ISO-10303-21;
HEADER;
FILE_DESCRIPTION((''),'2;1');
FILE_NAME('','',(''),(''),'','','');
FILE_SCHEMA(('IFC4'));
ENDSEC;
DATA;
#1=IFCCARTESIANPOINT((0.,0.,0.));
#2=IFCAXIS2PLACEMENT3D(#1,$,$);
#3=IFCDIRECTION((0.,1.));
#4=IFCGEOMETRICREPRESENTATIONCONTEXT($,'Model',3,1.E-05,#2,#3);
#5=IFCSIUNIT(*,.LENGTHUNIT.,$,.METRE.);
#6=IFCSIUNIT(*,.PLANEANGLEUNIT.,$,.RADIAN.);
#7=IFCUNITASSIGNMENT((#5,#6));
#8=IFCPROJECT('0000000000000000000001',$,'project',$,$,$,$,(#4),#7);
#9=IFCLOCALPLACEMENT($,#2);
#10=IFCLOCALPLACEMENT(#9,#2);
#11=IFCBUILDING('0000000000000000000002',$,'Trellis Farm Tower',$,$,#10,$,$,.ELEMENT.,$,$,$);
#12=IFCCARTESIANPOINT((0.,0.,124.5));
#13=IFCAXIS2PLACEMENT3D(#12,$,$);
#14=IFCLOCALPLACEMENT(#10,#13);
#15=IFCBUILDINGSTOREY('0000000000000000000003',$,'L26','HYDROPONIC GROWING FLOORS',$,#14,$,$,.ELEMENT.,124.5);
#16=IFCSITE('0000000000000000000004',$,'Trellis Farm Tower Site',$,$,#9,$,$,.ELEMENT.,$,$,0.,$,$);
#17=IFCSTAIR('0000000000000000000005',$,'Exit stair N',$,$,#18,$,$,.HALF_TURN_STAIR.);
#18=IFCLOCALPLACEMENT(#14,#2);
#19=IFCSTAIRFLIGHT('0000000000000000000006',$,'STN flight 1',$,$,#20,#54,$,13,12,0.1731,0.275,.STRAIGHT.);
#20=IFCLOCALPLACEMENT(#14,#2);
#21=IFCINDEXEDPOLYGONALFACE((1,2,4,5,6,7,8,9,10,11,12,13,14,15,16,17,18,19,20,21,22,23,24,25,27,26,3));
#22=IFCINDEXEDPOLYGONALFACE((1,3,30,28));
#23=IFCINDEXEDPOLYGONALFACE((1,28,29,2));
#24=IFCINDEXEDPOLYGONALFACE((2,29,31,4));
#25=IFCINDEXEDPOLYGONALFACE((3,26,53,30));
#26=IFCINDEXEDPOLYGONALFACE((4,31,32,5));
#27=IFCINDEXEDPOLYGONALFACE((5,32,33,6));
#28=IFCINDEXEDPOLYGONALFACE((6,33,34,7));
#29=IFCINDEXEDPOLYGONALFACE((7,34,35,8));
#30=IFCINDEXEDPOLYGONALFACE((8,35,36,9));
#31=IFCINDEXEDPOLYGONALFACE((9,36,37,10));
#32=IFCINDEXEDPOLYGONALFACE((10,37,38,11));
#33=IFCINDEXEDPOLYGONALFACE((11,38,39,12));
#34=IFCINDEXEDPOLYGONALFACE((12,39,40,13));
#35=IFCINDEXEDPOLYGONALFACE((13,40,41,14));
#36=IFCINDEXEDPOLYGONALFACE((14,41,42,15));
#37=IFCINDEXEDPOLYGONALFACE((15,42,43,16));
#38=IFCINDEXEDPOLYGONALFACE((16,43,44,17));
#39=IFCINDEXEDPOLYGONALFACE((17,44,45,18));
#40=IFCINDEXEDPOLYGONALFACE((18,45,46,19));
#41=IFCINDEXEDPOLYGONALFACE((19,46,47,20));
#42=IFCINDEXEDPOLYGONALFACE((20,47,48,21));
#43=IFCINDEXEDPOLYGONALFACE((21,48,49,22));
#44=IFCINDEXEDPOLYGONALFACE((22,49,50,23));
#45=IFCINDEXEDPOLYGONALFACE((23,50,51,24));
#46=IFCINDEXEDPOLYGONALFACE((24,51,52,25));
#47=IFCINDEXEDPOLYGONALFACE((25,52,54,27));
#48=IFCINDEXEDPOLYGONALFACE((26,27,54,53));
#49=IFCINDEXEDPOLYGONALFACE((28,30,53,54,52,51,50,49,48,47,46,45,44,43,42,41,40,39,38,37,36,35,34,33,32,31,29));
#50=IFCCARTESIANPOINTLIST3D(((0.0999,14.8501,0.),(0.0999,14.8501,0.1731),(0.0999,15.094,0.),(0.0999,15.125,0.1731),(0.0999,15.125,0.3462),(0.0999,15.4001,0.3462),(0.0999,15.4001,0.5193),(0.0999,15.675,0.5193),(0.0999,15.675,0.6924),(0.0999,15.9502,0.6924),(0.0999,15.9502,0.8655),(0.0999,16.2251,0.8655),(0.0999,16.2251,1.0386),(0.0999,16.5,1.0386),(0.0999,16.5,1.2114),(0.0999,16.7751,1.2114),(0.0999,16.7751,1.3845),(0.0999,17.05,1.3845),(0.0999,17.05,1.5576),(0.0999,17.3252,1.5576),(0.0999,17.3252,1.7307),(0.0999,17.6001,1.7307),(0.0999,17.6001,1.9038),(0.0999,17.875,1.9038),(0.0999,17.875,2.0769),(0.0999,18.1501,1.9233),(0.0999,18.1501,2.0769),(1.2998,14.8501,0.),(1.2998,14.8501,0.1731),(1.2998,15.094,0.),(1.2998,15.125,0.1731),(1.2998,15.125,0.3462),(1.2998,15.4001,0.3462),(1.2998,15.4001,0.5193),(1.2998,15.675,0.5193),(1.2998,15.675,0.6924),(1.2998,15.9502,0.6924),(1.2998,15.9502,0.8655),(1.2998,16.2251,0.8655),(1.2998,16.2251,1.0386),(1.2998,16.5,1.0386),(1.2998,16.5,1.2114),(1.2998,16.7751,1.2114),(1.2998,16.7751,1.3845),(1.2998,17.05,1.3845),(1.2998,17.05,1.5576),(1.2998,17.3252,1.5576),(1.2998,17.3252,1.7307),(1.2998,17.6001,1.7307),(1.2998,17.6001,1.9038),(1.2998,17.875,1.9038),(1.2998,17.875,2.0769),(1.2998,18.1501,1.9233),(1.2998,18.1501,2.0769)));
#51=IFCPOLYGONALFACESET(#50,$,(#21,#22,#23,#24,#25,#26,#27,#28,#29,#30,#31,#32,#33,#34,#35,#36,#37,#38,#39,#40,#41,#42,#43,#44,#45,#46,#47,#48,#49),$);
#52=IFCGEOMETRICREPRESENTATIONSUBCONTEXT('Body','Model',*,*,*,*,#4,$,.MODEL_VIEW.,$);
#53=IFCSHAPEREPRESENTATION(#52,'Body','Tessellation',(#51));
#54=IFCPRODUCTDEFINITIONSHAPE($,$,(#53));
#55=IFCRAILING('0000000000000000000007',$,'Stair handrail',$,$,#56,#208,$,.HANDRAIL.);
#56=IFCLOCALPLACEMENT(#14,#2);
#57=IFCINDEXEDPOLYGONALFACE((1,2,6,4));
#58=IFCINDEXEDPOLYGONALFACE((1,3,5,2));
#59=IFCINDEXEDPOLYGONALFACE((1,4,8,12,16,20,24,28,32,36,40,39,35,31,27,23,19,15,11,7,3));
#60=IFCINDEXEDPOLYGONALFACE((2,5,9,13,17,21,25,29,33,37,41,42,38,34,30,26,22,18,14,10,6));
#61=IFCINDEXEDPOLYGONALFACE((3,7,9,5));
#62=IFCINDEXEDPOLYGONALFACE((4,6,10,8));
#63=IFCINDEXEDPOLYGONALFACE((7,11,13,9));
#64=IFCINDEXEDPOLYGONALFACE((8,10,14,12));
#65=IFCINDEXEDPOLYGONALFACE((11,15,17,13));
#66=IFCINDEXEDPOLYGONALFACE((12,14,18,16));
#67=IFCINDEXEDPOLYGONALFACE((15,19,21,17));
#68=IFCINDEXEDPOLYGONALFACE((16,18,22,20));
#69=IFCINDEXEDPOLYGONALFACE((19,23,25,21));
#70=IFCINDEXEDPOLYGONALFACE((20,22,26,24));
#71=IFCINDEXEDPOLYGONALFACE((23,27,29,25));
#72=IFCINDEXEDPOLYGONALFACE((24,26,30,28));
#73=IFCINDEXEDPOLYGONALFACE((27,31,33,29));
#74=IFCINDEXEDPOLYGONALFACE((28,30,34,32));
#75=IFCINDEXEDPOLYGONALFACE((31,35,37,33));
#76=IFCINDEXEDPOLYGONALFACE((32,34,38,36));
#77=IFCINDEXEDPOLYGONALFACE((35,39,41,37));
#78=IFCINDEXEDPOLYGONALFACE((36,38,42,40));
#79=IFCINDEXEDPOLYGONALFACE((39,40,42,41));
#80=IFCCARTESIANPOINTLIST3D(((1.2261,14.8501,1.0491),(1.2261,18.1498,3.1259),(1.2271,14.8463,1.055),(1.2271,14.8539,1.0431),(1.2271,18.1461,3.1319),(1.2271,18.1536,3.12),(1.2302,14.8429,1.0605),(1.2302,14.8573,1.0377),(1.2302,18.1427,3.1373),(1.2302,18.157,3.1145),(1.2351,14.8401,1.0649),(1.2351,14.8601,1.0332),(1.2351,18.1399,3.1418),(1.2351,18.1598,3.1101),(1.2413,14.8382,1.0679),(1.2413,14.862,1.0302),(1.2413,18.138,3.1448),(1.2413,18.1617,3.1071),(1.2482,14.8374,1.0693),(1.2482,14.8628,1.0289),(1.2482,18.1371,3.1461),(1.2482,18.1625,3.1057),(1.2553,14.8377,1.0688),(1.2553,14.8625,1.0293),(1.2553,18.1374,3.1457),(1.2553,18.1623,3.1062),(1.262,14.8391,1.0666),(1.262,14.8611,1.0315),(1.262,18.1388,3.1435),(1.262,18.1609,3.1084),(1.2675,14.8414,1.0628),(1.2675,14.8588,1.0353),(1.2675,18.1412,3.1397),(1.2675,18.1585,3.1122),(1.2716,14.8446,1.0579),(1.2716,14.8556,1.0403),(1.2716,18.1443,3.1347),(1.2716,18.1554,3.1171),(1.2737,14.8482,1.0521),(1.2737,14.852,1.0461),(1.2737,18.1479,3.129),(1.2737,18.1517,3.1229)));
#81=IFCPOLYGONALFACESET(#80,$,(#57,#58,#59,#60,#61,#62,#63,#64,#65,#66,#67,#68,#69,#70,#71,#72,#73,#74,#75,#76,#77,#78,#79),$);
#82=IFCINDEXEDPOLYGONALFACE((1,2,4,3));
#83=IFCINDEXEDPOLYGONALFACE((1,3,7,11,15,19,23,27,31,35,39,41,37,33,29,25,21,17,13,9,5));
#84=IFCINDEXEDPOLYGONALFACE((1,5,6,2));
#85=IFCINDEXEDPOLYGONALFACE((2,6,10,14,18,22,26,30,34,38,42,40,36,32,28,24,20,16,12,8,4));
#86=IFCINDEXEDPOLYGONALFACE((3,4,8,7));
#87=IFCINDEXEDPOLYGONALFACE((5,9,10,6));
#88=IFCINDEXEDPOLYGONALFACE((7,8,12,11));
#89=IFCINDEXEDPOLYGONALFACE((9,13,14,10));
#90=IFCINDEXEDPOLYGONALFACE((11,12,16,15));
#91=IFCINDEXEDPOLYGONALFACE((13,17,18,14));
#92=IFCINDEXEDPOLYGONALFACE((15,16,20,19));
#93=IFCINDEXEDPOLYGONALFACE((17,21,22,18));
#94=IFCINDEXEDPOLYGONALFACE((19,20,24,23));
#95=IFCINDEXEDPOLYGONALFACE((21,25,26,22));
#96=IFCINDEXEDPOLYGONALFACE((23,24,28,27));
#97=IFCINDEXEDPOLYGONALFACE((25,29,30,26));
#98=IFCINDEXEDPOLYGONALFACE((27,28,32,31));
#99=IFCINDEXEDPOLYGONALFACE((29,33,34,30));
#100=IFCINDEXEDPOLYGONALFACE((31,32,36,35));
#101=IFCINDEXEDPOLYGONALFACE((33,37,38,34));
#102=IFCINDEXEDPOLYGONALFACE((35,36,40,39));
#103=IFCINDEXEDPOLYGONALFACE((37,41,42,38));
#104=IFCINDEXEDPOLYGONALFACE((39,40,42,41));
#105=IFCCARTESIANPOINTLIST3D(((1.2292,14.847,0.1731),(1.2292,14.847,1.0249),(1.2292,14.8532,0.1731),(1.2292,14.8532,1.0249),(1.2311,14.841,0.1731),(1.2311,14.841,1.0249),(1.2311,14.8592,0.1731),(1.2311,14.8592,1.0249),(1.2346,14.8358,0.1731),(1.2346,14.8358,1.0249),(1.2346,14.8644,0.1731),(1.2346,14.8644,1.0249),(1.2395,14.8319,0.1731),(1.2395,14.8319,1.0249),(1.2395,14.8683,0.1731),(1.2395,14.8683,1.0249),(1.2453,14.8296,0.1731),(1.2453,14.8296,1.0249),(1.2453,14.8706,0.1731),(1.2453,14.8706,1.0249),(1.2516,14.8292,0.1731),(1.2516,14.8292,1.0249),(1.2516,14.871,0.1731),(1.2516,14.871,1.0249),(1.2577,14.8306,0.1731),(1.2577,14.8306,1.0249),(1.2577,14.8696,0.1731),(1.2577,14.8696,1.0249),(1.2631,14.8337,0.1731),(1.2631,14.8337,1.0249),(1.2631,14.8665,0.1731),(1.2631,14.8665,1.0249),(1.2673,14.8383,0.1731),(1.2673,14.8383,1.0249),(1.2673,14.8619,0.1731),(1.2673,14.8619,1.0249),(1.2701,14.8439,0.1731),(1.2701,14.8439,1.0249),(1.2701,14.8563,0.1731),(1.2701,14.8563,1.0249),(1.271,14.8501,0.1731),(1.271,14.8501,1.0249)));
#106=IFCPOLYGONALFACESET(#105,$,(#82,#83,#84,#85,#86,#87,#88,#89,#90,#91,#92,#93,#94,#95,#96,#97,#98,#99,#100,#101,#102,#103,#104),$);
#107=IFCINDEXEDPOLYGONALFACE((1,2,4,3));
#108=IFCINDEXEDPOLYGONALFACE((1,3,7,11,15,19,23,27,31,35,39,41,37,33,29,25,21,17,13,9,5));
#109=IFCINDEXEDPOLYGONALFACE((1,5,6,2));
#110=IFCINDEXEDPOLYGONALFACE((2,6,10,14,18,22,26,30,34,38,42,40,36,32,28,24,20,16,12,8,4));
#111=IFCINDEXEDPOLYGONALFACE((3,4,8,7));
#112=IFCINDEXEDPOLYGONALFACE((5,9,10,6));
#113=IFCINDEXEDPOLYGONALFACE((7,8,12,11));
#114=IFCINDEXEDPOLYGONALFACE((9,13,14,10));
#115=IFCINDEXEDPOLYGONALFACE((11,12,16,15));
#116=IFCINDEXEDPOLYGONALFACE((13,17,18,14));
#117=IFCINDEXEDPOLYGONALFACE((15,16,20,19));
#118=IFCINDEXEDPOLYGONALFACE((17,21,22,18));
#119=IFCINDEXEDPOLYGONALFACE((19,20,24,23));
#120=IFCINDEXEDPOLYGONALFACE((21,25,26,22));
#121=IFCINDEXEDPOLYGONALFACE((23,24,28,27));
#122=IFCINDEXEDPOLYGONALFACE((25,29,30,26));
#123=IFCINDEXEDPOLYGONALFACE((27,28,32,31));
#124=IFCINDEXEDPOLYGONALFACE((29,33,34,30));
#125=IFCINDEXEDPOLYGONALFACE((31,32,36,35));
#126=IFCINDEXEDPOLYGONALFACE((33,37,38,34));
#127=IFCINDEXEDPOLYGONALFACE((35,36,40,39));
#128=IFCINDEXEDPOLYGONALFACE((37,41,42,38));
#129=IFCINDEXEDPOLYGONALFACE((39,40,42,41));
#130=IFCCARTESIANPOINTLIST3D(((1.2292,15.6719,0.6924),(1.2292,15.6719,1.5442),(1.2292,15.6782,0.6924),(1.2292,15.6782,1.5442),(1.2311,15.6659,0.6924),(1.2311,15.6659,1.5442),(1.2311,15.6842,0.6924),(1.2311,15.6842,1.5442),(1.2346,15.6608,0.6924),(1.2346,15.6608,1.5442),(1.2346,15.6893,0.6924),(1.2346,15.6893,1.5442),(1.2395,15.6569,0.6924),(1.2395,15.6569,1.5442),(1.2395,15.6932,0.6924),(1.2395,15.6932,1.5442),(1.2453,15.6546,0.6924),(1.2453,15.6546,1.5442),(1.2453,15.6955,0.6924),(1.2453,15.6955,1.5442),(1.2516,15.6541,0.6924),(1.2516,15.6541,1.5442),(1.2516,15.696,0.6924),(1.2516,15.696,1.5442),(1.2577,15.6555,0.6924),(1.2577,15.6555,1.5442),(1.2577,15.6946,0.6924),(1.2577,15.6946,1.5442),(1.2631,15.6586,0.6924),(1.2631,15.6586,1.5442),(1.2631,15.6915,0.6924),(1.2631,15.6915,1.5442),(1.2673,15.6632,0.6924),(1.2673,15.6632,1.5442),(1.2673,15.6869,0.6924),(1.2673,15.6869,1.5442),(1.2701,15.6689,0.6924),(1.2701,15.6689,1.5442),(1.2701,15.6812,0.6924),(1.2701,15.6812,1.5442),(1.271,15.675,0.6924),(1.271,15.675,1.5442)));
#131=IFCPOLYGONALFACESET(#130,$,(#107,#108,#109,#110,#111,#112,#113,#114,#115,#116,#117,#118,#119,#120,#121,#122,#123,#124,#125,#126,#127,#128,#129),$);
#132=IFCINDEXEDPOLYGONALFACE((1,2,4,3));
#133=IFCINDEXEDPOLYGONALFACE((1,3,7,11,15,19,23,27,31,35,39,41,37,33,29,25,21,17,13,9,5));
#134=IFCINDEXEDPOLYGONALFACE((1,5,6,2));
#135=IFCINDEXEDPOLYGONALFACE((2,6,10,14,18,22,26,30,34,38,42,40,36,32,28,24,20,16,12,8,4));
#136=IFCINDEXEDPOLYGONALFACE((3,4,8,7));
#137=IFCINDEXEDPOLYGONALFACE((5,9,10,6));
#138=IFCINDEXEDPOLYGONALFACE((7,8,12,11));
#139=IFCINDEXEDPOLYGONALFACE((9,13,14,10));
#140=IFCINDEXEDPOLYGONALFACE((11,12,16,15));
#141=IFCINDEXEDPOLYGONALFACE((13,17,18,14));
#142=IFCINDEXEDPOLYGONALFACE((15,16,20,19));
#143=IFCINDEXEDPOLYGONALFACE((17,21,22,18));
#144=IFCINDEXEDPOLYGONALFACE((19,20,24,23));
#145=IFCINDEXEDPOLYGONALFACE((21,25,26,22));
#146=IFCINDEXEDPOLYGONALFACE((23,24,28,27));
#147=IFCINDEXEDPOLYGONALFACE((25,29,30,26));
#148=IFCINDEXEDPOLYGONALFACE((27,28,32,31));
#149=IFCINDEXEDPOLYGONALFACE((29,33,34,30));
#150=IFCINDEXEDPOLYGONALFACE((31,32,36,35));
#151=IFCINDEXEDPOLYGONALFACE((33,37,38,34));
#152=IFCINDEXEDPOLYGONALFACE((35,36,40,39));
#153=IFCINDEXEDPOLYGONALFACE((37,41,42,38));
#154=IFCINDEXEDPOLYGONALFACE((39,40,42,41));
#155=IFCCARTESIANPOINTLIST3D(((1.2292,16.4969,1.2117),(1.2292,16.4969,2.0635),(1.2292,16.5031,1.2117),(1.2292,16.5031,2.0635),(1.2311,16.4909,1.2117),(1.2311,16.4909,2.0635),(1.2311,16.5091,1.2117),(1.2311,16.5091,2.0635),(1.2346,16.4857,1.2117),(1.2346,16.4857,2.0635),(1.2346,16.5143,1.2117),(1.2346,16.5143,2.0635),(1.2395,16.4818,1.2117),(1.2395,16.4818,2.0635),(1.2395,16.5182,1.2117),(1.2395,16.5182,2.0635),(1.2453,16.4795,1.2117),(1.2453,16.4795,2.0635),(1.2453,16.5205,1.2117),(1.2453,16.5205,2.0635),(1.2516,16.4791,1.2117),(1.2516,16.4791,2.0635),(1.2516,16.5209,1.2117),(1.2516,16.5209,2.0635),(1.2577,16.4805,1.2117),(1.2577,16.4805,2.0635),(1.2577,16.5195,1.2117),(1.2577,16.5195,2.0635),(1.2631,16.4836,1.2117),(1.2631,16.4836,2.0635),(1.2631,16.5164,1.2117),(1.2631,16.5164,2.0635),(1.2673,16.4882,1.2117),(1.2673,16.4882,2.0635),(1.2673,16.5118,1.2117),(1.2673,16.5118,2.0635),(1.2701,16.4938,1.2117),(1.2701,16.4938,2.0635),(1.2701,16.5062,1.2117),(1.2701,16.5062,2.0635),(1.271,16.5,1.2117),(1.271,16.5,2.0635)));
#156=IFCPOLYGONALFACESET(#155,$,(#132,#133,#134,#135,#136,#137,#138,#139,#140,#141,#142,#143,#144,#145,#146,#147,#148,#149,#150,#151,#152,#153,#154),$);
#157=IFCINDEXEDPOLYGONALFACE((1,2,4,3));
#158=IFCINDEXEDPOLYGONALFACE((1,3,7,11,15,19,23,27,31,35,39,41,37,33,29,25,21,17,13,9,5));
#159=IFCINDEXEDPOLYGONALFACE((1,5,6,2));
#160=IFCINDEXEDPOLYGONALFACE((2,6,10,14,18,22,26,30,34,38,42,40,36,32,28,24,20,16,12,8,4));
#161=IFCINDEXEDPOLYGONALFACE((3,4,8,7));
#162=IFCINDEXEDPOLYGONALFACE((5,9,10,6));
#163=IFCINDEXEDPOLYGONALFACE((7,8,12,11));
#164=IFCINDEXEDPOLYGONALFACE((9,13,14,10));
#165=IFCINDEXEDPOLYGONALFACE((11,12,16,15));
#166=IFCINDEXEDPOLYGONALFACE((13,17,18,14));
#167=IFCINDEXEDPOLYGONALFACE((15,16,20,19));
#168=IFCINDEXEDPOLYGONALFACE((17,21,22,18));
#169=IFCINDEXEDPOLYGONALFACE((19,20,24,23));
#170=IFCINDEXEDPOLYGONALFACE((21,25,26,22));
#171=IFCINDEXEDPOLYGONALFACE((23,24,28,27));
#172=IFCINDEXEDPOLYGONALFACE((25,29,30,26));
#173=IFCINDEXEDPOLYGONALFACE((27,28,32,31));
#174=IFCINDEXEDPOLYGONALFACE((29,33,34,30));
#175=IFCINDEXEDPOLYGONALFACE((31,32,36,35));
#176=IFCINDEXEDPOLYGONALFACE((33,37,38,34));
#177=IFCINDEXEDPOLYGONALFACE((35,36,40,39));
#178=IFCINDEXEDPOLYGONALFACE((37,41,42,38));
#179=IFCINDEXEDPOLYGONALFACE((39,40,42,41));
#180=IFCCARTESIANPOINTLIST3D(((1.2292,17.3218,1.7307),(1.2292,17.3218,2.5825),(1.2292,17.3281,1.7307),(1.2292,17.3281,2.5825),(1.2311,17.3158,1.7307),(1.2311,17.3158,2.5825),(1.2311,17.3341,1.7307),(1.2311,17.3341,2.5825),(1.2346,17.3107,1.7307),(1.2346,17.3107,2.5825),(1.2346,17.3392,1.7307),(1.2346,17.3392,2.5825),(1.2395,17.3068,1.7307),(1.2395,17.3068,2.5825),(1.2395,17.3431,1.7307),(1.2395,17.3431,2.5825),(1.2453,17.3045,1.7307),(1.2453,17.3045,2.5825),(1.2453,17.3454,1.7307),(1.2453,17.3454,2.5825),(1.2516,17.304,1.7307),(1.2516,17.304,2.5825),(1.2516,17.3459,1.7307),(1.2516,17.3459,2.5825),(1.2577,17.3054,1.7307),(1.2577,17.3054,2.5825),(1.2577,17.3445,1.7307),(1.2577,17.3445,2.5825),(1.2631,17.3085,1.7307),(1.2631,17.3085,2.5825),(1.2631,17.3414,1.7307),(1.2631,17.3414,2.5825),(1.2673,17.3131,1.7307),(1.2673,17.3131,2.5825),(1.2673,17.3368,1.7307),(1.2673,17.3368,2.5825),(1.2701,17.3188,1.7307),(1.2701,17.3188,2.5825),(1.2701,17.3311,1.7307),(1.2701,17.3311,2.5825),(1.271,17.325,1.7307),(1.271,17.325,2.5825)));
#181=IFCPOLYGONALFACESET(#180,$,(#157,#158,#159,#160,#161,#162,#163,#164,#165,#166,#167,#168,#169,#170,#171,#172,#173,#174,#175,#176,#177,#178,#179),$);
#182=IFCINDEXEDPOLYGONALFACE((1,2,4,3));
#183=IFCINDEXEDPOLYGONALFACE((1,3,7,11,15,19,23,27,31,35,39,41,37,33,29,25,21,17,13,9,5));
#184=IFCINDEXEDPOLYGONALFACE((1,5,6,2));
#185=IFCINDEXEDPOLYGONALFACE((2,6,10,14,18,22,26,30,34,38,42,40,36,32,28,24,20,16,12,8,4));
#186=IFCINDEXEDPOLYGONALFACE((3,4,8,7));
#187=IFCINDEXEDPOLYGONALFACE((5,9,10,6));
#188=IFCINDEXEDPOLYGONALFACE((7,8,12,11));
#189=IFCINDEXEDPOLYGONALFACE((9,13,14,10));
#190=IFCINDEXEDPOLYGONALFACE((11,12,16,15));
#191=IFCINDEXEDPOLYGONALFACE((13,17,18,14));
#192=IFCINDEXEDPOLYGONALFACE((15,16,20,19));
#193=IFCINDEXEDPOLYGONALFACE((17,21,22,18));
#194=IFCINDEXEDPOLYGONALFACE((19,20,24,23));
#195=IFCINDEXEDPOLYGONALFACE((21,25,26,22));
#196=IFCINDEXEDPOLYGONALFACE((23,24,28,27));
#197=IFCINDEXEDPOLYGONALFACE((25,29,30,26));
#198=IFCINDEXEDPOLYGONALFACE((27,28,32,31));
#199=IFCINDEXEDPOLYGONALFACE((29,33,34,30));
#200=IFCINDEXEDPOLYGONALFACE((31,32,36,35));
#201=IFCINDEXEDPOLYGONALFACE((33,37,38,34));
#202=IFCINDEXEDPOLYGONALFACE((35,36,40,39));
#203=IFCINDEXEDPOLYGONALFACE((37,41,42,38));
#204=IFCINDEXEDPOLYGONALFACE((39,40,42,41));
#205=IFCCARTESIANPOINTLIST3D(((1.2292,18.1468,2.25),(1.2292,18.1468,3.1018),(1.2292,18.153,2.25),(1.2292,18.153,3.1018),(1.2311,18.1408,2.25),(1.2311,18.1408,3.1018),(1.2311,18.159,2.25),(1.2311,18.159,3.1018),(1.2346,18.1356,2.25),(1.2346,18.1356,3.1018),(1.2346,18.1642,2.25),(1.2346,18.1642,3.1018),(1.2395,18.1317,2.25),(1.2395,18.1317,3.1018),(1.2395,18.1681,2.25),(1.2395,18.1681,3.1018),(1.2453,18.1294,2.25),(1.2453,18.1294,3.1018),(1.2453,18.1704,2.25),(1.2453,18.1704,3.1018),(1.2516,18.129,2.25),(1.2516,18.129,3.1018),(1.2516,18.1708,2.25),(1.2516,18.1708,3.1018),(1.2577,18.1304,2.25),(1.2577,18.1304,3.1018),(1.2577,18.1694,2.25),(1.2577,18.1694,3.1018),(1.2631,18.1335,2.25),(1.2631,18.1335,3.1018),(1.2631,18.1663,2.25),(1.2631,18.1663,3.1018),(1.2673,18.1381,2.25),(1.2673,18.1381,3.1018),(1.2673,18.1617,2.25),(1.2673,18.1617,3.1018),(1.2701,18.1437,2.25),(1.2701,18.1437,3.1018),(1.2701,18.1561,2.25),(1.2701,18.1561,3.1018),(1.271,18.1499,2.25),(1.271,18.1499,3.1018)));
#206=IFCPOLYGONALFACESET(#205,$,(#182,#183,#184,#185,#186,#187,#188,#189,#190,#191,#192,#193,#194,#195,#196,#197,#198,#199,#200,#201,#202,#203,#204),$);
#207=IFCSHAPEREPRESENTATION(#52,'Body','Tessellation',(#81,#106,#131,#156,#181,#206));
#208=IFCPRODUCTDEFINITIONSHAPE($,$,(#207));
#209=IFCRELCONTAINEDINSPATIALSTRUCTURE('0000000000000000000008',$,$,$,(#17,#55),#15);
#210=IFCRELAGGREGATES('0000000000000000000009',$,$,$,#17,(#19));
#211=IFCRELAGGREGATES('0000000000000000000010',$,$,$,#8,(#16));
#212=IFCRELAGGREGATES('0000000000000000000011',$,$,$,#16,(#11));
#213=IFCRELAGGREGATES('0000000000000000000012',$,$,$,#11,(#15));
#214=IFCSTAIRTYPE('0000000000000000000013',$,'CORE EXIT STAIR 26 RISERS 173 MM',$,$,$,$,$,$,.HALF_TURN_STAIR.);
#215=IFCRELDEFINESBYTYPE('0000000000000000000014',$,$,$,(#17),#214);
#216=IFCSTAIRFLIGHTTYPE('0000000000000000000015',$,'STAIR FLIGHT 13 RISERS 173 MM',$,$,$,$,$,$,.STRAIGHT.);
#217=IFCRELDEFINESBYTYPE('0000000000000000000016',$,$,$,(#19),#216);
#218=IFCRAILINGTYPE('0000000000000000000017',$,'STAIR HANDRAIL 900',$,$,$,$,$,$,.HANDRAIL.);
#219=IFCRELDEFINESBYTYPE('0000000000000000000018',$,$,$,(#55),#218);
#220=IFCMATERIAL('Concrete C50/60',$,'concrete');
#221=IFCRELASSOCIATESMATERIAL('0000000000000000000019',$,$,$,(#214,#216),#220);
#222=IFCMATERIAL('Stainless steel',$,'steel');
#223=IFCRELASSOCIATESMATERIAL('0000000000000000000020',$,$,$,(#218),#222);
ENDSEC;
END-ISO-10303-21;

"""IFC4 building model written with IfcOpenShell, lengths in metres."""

from ifc_helpers import new_model, si_unit, direction, frame, origin, origin_2d, place, context, subcontext, project, spatial, polyline, circle, outline, extrude, source, transform, mapped, material, type_object, element, aggregate, save


model = new_model("IFC4")

# Units and contexts
model_context = context("Model", 3, precision=1e-05, world=origin(), true_north=direction((0.0, 1.0)))
body_context = subcontext(model_context, "Body", "Model", "MODEL_VIEW")
ifc_project = project(units=[si_unit("LENGTHUNIT", "METRE"), si_unit("PLANEANGLEUNIT", "RADIAN")], contexts=[model_context])

# Site, building, storey
site_placement = place(None, origin())
site = spatial("IfcSite", under=ifc_project, at=site_placement, Name="Trellis Farm Tower Site", CompositionType="ELEMENT", RefElevation=0.0)
building_placement = place(site_placement, origin())
building = spatial("IfcBuilding", under=site, at=building_placement, Name="Trellis Farm Tower", CompositionType="ELEMENT")
storey_placement = place(building_placement, frame((0.0, 0.0, 124.5)))
storey = spatial("IfcBuildingStorey", under=building, at=storey_placement, Name="L26", Description="HYDROPONIC GROWING FLOORS", CompositionType="ELEMENT", Elevation=124.5)

# Shared definitions
placement = place(storey_placement, origin())

# Stair, stair flight
ifc_material_1 = material(Name="Concrete C50/60", Category="concrete")
stair_type = type_object("IfcStairType", Name="CORE EXIT STAIR 26 RISERS 173 MM", PredefinedType="HALF_TURN_STAIR", material=ifc_material_1)
stair = element("IfcStair", 1, at=placement, inside=storey, type_object=stair_type, Name="Exit stair N", PredefinedType="HALF_TURN_STAIR")
stair_flight_type = type_object("IfcStairFlightType", Name="STAIR FLIGHT 13 RISERS 173 MM", PredefinedType="STRAIGHT", material=ifc_material_1)
shared_shape_1 = source(origin(), body_context, "Body", "SweptSolid", [
    extrude(outline(polyline([(0.0, 0.0), (0.0, 0.1731), (0.2749, 0.1731), (0.2749, 0.3462), (0.55, 0.3462), (0.55, 0.5193), (0.825, 0.5193), (0.825, 0.6924), (1.1001, 0.6924), (1.1001, 0.8655), (1.375, 0.8655), (1.375, 1.0386), (1.6499, 1.0386), (1.6499, 1.2114), (1.925, 1.2114), (1.925, 1.3845), (2.2, 1.3845), (2.2, 1.5576), (2.4751, 1.5576), (2.4751, 1.7307), (2.75, 1.7307), (2.75, 1.9038), (3.0249, 1.9038), (3.0249, 2.0769), (3.3, 2.0769), (3.3, 2.25), (3.3, 1.9233), (0.2439, 0.0), (0.0, 0.0)])), frame((0.0, 0.6001, 0.0), z_axis=(0.0, -1.0, 0.0), x_axis=(1.0, 0.0, 0.0)), (0.0, 0.0, 1.0), 1.2),
])
stair_flight_placement = place(storey_placement, frame((0.7, 14.8501, 0.0), z_axis=(0.0, 0.0, 1.0), x_axis=(0.0, 1.0, 0.0)))
stair_flight = element("IfcStairFlight", 2, at=stair_flight_placement, type_object=stair_flight_type, Name="STN flight 1", NumberOfRisers=13, NumberOfTreads=12, PredefinedType="STRAIGHT", RiserHeight=0.1731, TreadLength=0.275, context=body_context, shape_type="MappedRepresentation", body=[
    mapped(shared_shape_1, transform((0.0, 0.0, 0.0))),
])
aggregate(stair, [stair_flight])

# Railing
ifc_material_2 = material(Name="Stainless steel", Category="steel")
railing_type = type_object("IfcRailingType", Name="STAIR HANDRAIL 900", PredefinedType="HANDRAIL", material=ifc_material_2)
shared_shape_2 = source(origin(), body_context, "Body", "SweptSolid", [
    extrude(circle(Radius=0.0239, at=origin_2d()), frame((0.0, 0.0, 0.876), z_axis=(0.0, 0.84632, 0.532675), x_axis=(-1.0, 0.0, 0.0)), (0.0, 0.0, 1.0), 3.8989),
    extrude(circle(Radius=0.021, at=origin_2d()), origin(), (0.0, 0.0, 1.0), 0.8518),
    extrude(circle(Radius=0.021, at=origin_2d()), frame((0.0, 0.825, 0.5193)), (0.0, 0.0, 1.0), 0.8518),
    extrude(circle(Radius=0.021, at=origin_2d()), frame((0.0, 1.6499, 1.0386)), (0.0, 0.0, 1.0), 0.8518),
    extrude(circle(Radius=0.021, at=origin_2d()), frame((0.0, 2.4749, 1.5576)), (0.0, 0.0, 1.0), 0.8518),
    extrude(circle(Radius=0.021, at=origin_2d()), frame((0.0, 3.2998, 2.0769)), (0.0, 0.0, 1.0), 0.8518),
])
railing_placement = place(storey_placement, frame((1.25, 14.8501, 0.1731)))
element("IfcRailing", 3, at=railing_placement, inside=storey, type_object=railing_type, Name="Stair handrail", PredefinedType="HANDRAIL", context=body_context, shape_type="MappedRepresentation", body=[
    mapped(shared_shape_2, transform((0.0, 0.0, 0.0))),
])

save(model, "model.ifc")
